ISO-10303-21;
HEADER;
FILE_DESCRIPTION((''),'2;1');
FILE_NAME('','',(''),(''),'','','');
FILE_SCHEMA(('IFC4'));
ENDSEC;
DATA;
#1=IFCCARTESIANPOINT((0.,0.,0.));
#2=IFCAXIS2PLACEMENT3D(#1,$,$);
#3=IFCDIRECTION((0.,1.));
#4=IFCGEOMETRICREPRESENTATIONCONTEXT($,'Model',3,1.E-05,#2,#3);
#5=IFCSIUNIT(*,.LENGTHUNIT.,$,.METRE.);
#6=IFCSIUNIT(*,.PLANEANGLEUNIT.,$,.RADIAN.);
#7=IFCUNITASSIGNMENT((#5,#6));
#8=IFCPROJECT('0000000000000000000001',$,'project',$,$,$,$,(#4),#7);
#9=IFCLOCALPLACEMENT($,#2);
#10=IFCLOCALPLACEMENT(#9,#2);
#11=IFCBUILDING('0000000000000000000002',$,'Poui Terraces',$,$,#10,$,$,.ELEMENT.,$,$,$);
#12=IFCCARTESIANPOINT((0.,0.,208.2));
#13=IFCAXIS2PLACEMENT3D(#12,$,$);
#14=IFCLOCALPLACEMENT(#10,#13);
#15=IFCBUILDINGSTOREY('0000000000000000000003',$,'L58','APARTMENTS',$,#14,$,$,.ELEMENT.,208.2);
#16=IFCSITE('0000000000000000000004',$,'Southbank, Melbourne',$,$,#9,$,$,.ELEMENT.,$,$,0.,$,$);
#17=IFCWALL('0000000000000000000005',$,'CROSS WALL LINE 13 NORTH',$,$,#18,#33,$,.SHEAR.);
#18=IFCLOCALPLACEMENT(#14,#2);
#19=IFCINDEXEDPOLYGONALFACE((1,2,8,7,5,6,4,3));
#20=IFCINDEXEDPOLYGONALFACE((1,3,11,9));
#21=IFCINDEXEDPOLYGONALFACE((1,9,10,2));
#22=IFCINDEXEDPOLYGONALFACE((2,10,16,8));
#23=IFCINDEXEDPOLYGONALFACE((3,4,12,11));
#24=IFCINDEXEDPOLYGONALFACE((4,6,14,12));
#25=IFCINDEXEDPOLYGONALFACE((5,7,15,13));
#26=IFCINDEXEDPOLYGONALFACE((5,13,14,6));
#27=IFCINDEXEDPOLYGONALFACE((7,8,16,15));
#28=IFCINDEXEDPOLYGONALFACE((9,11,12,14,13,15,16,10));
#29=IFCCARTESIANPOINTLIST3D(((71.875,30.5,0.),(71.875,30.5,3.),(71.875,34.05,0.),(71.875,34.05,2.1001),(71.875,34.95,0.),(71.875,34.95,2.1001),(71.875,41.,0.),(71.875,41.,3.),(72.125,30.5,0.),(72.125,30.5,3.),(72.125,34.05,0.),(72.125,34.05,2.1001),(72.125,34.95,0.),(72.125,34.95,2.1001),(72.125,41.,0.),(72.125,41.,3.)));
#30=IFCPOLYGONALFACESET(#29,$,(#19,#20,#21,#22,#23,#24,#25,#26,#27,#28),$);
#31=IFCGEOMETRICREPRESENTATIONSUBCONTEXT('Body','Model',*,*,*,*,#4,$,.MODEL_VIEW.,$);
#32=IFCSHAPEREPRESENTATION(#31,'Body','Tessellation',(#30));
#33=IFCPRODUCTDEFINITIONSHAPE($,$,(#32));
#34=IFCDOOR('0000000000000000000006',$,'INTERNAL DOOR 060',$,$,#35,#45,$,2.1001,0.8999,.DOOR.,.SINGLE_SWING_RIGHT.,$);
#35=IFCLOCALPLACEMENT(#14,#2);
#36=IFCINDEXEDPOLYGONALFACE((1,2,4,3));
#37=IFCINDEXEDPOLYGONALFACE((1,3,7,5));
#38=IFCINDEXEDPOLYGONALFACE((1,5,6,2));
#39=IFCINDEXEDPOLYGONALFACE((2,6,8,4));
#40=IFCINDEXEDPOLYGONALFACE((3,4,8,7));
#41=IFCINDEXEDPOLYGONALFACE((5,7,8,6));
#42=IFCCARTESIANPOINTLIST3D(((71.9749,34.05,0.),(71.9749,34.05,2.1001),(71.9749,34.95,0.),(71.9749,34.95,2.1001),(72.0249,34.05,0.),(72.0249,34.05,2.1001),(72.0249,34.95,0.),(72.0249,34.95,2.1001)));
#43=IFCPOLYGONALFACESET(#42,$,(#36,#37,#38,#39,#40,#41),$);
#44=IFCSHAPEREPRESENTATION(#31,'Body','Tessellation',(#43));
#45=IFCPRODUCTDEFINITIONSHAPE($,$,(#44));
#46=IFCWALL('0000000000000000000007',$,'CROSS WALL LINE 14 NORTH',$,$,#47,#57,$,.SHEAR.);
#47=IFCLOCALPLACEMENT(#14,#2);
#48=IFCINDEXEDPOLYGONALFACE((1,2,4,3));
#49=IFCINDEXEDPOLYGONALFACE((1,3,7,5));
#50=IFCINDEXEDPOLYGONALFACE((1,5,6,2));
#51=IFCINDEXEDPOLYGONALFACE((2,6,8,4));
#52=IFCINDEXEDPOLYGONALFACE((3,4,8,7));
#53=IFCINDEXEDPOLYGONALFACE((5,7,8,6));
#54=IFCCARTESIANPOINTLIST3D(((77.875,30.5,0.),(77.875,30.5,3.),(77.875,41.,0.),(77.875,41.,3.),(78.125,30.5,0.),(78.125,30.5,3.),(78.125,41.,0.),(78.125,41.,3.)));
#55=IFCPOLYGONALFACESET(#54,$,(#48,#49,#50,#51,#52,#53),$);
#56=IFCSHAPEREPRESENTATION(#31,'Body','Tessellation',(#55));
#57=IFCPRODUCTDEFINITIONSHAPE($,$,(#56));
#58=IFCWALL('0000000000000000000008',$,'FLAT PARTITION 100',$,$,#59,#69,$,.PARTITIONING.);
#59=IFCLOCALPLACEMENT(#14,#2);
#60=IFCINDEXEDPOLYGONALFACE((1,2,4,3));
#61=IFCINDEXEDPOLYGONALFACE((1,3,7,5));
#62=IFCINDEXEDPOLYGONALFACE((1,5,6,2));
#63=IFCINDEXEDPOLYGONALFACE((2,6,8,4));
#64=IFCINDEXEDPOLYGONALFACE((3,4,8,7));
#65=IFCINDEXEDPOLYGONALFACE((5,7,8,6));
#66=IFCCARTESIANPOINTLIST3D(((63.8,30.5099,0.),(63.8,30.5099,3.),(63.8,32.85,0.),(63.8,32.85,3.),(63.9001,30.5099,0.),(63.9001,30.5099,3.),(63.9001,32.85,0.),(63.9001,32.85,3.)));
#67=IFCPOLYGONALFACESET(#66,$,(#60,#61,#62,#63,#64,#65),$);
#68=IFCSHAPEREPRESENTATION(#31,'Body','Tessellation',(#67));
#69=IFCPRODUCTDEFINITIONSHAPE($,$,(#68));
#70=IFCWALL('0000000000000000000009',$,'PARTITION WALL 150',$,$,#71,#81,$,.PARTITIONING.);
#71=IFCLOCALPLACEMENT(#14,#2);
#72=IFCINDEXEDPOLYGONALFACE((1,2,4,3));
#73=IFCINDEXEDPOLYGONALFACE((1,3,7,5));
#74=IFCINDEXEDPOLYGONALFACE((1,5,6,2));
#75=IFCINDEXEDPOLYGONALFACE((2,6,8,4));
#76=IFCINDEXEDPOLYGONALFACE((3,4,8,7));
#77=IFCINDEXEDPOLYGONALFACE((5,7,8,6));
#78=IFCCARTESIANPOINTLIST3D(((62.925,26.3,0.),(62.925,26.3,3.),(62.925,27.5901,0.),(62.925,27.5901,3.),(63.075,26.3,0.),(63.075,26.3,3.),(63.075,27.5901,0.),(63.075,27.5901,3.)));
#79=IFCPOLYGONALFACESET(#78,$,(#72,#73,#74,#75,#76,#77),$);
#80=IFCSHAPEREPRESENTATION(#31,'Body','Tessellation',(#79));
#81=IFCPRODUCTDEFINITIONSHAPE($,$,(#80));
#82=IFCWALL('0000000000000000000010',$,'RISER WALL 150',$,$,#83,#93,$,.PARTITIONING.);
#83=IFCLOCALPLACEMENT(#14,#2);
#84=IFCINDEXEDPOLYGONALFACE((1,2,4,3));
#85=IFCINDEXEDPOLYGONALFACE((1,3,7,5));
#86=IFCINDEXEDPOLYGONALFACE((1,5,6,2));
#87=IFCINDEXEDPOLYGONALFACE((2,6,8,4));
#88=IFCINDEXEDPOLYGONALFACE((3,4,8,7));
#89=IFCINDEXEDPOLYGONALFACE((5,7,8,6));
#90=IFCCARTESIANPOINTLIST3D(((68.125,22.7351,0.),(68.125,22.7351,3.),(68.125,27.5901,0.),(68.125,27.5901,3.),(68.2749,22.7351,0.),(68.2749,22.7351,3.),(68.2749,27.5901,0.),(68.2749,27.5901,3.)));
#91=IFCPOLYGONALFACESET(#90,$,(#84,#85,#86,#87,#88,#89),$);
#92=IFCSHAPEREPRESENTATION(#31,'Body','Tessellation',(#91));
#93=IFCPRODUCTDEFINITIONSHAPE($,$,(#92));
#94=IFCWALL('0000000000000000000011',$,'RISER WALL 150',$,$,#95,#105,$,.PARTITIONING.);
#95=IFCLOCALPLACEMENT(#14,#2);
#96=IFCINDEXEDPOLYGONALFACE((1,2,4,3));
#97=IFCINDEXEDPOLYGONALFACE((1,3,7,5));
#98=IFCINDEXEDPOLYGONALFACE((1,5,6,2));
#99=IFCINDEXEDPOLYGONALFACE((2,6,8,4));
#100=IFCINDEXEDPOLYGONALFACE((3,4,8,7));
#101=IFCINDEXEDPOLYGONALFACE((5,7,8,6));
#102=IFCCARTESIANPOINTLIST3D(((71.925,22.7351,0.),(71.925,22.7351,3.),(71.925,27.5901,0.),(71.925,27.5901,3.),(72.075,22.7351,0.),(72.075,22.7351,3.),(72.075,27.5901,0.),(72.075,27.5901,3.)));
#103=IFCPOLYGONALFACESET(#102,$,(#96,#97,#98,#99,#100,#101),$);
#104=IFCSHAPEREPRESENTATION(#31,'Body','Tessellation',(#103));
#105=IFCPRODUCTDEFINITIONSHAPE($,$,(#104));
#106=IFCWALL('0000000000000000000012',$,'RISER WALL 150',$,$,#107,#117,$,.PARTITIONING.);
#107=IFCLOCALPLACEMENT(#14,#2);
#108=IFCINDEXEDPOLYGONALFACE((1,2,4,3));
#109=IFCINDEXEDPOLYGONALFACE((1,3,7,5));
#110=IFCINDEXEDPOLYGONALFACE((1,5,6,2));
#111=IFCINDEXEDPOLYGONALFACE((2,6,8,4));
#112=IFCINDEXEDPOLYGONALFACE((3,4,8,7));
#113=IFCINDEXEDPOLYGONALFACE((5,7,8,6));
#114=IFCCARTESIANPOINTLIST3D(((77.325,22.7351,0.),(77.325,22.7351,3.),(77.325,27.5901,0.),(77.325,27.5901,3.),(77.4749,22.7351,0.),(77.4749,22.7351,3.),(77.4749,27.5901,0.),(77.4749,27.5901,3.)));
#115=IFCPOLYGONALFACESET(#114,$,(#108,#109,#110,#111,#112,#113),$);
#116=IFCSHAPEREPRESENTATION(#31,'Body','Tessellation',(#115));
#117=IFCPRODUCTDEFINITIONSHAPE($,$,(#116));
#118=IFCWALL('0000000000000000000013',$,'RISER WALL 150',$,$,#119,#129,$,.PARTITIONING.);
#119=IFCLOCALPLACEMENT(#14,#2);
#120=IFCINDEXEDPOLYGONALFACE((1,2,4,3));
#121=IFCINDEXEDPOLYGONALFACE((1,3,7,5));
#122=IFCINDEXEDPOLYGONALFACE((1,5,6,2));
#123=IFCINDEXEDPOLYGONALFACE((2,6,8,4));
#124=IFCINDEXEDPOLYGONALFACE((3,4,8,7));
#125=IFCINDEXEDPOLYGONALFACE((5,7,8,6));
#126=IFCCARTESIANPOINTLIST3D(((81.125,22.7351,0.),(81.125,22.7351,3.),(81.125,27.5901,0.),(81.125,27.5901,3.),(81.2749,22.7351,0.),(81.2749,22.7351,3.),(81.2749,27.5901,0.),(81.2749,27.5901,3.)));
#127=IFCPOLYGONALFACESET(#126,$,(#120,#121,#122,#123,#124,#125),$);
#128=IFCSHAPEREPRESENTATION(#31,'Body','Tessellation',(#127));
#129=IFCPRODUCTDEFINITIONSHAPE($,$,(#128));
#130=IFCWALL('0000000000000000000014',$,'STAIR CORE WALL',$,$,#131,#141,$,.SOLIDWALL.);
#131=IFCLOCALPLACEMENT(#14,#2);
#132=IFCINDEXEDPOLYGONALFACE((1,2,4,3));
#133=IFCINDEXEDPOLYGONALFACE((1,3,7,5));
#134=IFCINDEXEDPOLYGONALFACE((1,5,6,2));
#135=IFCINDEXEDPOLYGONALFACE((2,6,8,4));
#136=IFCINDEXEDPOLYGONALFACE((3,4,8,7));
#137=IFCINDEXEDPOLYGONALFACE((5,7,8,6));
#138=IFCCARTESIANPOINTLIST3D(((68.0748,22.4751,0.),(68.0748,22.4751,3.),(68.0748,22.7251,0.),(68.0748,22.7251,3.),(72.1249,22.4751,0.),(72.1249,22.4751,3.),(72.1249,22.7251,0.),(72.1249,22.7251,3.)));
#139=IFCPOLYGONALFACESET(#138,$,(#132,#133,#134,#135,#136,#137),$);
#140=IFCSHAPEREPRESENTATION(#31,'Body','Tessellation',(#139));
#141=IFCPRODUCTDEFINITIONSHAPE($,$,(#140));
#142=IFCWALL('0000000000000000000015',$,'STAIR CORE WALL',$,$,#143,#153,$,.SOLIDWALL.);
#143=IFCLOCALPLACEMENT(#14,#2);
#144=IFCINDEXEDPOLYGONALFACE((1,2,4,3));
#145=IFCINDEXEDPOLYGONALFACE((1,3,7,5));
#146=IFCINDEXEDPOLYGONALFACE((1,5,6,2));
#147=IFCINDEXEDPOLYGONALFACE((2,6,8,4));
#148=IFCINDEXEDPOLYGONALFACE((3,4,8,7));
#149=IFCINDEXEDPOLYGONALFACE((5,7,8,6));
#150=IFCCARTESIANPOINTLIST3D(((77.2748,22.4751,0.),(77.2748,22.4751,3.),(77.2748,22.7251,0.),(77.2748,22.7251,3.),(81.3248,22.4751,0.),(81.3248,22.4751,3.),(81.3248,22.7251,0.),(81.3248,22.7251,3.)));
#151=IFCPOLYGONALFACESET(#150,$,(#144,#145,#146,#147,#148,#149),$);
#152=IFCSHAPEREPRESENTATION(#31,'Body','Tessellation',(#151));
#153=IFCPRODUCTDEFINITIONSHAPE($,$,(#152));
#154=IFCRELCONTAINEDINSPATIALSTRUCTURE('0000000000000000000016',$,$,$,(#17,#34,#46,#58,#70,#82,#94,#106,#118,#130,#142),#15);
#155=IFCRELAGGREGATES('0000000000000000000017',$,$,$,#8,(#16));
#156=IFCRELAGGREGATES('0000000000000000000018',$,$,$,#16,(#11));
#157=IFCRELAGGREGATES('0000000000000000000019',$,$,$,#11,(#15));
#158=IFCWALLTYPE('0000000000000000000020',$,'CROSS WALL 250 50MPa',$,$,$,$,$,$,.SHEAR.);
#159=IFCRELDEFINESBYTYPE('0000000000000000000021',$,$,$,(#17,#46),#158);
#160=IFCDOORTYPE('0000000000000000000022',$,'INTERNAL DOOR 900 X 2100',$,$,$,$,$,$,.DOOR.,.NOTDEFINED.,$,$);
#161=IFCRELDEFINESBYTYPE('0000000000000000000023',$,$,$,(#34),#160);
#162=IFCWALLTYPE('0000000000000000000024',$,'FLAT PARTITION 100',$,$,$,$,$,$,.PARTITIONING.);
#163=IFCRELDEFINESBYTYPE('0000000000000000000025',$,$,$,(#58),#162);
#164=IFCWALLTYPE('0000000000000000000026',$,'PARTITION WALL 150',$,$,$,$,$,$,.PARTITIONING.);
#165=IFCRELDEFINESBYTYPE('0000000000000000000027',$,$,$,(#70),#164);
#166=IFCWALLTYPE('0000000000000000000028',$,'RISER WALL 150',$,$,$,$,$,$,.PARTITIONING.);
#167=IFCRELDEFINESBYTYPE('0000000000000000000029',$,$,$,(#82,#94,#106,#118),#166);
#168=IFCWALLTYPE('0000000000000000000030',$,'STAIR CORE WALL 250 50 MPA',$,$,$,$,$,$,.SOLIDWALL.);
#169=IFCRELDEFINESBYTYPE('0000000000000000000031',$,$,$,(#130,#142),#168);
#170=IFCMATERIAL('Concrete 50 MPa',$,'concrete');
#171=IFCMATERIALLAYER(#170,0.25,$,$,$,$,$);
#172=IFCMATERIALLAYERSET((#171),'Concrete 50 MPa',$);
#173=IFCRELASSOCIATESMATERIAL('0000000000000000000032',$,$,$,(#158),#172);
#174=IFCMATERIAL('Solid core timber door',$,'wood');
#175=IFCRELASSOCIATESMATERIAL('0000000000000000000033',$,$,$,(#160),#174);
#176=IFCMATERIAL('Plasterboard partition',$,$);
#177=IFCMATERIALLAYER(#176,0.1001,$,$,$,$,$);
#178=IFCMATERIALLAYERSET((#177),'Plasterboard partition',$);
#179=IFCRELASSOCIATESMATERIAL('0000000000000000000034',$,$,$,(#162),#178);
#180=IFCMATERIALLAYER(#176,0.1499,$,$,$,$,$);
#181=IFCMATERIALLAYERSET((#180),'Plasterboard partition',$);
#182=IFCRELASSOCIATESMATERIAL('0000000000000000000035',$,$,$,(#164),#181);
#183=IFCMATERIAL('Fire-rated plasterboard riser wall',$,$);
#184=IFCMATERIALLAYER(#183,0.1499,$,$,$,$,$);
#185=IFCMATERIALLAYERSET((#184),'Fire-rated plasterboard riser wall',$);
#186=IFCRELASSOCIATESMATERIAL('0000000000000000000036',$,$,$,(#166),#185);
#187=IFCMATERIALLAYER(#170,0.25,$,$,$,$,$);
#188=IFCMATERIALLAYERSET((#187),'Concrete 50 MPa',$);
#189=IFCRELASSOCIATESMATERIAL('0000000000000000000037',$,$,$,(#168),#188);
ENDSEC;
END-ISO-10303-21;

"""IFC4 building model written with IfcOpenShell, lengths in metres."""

from ifc_helpers import new_model, si_unit, direction, frame, frame_2d, origin, place, context, subcontext, project, spatial, rectangle, extrude, material, layer, layer_set, type_object, element, fill, save


model = new_model("IFC4")

# Units and contexts
model_context = context("Model", 3, precision=1e-05, world=origin(), true_north=direction((0.0, 1.0)))
body_context = subcontext(model_context, "Body", "Model", "MODEL_VIEW")
ifc_project = project(units=[si_unit("LENGTHUNIT", "METRE"), si_unit("PLANEANGLEUNIT", "RADIAN")], contexts=[model_context])

# Site, building, storey
site_placement = place(None, origin())
site = spatial("IfcSite", under=ifc_project, at=site_placement, Name="Southbank, Melbourne", CompositionType="ELEMENT", RefElevation=0.0)
building_placement = place(site_placement, origin())
building = spatial("IfcBuilding", under=site, at=building_placement, Name="Poui Terraces", CompositionType="ELEMENT")
storey_placement = place(building_placement, frame((0.0, 0.0, 208.2)))
storey = spatial("IfcBuildingStorey", under=building, at=storey_placement, Name="L58", Description="APARTMENTS", CompositionType="ELEMENT", Elevation=208.2)

# Shared definitions
ifc_material_1 = material(Name="Concrete 50 MPa", Category="concrete")

# Wall, opening, door
ifc_material_2 = material(Name="Solid core timber door", Category="wood")
ifc_layer_1 = layer(ifc_material_1, 0.25)
ifc_layer_set_1 = layer_set([ifc_layer_1], Name="Concrete 50 MPa")
wall_type_1 = type_object("IfcWallType", Name="CROSS WALL 250 50MPa", PredefinedType="SHEAR", material=ifc_layer_set_1)
door_type_1 = type_object("IfcDoorType", Name="INTERNAL DOOR 900 X 2100", OperationType="NOTDEFINED", PredefinedType="DOOR", material=ifc_material_2)
wall_1_placement = place(storey_placement, frame((72.0, 30.5, 0.0), z_axis=(0.0, 0.0, 1.0), x_axis=(0.0, 1.0, 0.0)))
wall_1 = element("IfcWall", 1, at=wall_1_placement, inside=storey, type_object=wall_type_1, Name="CROSS WALL LINE 13 NORTH", PredefinedType="SHEAR", context=body_context, shape_type="SweptSolid", body=[
    extrude(rectangle(XDim=10.5, YDim=0.25, at=frame_2d((5.25, 0.0))), origin(), (0.0, 0.0, 1.0), 3.0),
])
opening_1_placement = place(wall_1_placement, frame((3.55, 0.0, 0.0)))
opening_1 = element("IfcOpeningElement", 2, at=opening_1_placement, cuts=wall_1, PredefinedType="OPENING", context=body_context, shape_type="SweptSolid", body=[
    extrude(rectangle(XDim=0.8999, YDim=2.1001, at=frame_2d((0.45, 1.05))), frame((0.0, 0.135, 0.0), z_axis=(0.0, -1.0, 0.0), x_axis=(1.0, 0.0, 0.0)), (0.0, 0.0, 1.0), 0.27),
])
door_1_placement = place(opening_1_placement, frame((0.8999, 0.0, 0.0), z_axis=(0.0, 0.0, 1.0), x_axis=(-1.0, 0.0, 0.0)))
door_1 = element("IfcDoor", 3, at=door_1_placement, inside=storey, type_object=door_type_1, Name="INTERNAL DOOR 060", OperationType="SINGLE_SWING_RIGHT", OverallHeight=2.1001, OverallWidth=0.8999, PredefinedType="DOOR", context=body_context, shape_type="SweptSolid", body=[
    extrude(rectangle(XDim=0.8999, YDim=2.1001, at=frame_2d((0.45, 1.05))), frame((0.0, 0.0249, 0.0), z_axis=(0.0, -1.0, 0.0), x_axis=(1.0, 0.0, 0.0)), (0.0, 0.0, 1.0), 0.05),
])
fill(opening_1, door_1)

# Walls
wall_2_placement = place(storey_placement, frame((78.0, 30.5, 0.0), z_axis=(0.0, 0.0, 1.0), x_axis=(0.0, 1.0, 0.0)))
element("IfcWall", 4, at=wall_2_placement, inside=storey, type_object=wall_type_1, Name="CROSS WALL LINE 14 NORTH", PredefinedType="SHEAR", context=body_context, shape_type="SweptSolid", body=[
    extrude(rectangle(XDim=10.5, YDim=0.25, at=frame_2d((5.25, 0.0))), origin(), (0.0, 0.0, 1.0), 3.0),
])
ifc_material_3 = material(Name="Plasterboard partition")
ifc_layer_2 = layer(ifc_material_3, 0.1001)
ifc_layer_set_2 = layer_set([ifc_layer_2], Name="Plasterboard partition")
wall_type_2 = type_object("IfcWallType", Name="FLAT PARTITION 100", PredefinedType="PARTITIONING", material=ifc_layer_set_2)
wall_3_placement = place(storey_placement, frame((63.8501, 30.51, 0.0), z_axis=(0.0, 0.0, 1.0), x_axis=(0.0, 1.0, 0.0)))
element("IfcWall", 5, at=wall_3_placement, inside=storey, type_object=wall_type_2, Name="FLAT PARTITION 100", PredefinedType="PARTITIONING", context=body_context, shape_type="SweptSolid", body=[
    extrude(rectangle(XDim=2.3401, YDim=0.1001, at=frame_2d((1.1699, 0.0))), origin(), (0.0, 0.0, 1.0), 3.0),
])
ifc_layer_3 = layer(ifc_material_3, 0.1499)
ifc_layer_set_3 = layer_set([ifc_layer_3], Name="Plasterboard partition")
wall_type_3 = type_object("IfcWallType", Name="PARTITION WALL 150", PredefinedType="PARTITIONING", material=ifc_layer_set_3)
wall_4_placement = place(storey_placement, frame((63.0, 26.3, 0.0), z_axis=(0.0, 0.0, 1.0), x_axis=(0.0, 1.0, 0.0)))
element("IfcWall", 6, at=wall_4_placement, inside=storey, type_object=wall_type_3, Name="PARTITION WALL 150", PredefinedType="PARTITIONING", context=body_context, shape_type="SweptSolid", body=[
    extrude(rectangle(XDim=1.29, YDim=0.1499, at=frame_2d((0.645, 0.0))), origin(), (0.0, 0.0, 1.0), 3.0),
])
ifc_material_4 = material(Name="Fire-rated plasterboard riser wall")
ifc_layer_4 = layer(ifc_material_4, 0.1499)
ifc_layer_set_4 = layer_set([ifc_layer_4], Name="Fire-rated plasterboard riser wall")
wall_type_4 = type_object("IfcWallType", Name="RISER WALL 150", PredefinedType="PARTITIONING", material=ifc_layer_set_4)
for number, where, z_axis, x_axis, name in (
    (7, (68.2, 22.7351, 0.0), (0.0, 0.0, 1.0), (0.0, 1.0, 0.0), "RISER WALL 150"),
    (8, (72.0, 22.7351, 0.0), (0.0, 0.0, 1.0), (0.0, 1.0, 0.0), "RISER WALL 150"),
    (9, (77.3999, 22.7351, 0.0), (0.0, 0.0, 1.0), (0.0, 1.0, 0.0), "RISER WALL 150"),
    (10, (81.2, 22.7351, 0.0), (0.0, 0.0, 1.0), (0.0, 1.0, 0.0), "RISER WALL 150"),
):
    element("IfcWall", number, at=place(storey_placement, frame(where, z_axis=z_axis, x_axis=x_axis)), inside=storey, type_object=wall_type_4, Name=name, PredefinedType="PARTITIONING", context=body_context, shape_type="SweptSolid", body=[
        extrude(rectangle(XDim=4.855, YDim=0.1499, at=frame_2d((2.4275, 0.0))), origin(), (0.0, 0.0, 1.0), 3.0),
    ])
ifc_layer_5 = layer(ifc_material_1, 0.25)
ifc_layer_set_5 = layer_set([ifc_layer_5], Name="Concrete 50 MPa")
wall_type_5 = type_object("IfcWallType", Name="STAIR CORE WALL 250 50 MPA", PredefinedType="SOLIDWALL", material=ifc_layer_set_5)
for number, where, z_axis, x_axis, name in (
    (11, (68.075, 22.6001, 0.0), (0.0, 0.0, 1.0), (1.0, 0.0, 0.0), "STAIR CORE WALL"),
    (12, (77.2749, 22.6001, 0.0), (0.0, 0.0, 1.0), (1.0, 0.0, 0.0), "STAIR CORE WALL"),
):
    element("IfcWall", number, at=place(storey_placement, frame(where, z_axis=z_axis, x_axis=x_axis)), inside=storey, type_object=wall_type_5, Name=name, PredefinedType="SOLIDWALL", context=body_context, shape_type="SweptSolid", body=[
        extrude(rectangle(XDim=4.05, YDim=0.25, at=frame_2d((2.0249, 0.0))), origin(), (0.0, 0.0, 1.0), 3.0),
    ])

save(model, "model.ifc")
